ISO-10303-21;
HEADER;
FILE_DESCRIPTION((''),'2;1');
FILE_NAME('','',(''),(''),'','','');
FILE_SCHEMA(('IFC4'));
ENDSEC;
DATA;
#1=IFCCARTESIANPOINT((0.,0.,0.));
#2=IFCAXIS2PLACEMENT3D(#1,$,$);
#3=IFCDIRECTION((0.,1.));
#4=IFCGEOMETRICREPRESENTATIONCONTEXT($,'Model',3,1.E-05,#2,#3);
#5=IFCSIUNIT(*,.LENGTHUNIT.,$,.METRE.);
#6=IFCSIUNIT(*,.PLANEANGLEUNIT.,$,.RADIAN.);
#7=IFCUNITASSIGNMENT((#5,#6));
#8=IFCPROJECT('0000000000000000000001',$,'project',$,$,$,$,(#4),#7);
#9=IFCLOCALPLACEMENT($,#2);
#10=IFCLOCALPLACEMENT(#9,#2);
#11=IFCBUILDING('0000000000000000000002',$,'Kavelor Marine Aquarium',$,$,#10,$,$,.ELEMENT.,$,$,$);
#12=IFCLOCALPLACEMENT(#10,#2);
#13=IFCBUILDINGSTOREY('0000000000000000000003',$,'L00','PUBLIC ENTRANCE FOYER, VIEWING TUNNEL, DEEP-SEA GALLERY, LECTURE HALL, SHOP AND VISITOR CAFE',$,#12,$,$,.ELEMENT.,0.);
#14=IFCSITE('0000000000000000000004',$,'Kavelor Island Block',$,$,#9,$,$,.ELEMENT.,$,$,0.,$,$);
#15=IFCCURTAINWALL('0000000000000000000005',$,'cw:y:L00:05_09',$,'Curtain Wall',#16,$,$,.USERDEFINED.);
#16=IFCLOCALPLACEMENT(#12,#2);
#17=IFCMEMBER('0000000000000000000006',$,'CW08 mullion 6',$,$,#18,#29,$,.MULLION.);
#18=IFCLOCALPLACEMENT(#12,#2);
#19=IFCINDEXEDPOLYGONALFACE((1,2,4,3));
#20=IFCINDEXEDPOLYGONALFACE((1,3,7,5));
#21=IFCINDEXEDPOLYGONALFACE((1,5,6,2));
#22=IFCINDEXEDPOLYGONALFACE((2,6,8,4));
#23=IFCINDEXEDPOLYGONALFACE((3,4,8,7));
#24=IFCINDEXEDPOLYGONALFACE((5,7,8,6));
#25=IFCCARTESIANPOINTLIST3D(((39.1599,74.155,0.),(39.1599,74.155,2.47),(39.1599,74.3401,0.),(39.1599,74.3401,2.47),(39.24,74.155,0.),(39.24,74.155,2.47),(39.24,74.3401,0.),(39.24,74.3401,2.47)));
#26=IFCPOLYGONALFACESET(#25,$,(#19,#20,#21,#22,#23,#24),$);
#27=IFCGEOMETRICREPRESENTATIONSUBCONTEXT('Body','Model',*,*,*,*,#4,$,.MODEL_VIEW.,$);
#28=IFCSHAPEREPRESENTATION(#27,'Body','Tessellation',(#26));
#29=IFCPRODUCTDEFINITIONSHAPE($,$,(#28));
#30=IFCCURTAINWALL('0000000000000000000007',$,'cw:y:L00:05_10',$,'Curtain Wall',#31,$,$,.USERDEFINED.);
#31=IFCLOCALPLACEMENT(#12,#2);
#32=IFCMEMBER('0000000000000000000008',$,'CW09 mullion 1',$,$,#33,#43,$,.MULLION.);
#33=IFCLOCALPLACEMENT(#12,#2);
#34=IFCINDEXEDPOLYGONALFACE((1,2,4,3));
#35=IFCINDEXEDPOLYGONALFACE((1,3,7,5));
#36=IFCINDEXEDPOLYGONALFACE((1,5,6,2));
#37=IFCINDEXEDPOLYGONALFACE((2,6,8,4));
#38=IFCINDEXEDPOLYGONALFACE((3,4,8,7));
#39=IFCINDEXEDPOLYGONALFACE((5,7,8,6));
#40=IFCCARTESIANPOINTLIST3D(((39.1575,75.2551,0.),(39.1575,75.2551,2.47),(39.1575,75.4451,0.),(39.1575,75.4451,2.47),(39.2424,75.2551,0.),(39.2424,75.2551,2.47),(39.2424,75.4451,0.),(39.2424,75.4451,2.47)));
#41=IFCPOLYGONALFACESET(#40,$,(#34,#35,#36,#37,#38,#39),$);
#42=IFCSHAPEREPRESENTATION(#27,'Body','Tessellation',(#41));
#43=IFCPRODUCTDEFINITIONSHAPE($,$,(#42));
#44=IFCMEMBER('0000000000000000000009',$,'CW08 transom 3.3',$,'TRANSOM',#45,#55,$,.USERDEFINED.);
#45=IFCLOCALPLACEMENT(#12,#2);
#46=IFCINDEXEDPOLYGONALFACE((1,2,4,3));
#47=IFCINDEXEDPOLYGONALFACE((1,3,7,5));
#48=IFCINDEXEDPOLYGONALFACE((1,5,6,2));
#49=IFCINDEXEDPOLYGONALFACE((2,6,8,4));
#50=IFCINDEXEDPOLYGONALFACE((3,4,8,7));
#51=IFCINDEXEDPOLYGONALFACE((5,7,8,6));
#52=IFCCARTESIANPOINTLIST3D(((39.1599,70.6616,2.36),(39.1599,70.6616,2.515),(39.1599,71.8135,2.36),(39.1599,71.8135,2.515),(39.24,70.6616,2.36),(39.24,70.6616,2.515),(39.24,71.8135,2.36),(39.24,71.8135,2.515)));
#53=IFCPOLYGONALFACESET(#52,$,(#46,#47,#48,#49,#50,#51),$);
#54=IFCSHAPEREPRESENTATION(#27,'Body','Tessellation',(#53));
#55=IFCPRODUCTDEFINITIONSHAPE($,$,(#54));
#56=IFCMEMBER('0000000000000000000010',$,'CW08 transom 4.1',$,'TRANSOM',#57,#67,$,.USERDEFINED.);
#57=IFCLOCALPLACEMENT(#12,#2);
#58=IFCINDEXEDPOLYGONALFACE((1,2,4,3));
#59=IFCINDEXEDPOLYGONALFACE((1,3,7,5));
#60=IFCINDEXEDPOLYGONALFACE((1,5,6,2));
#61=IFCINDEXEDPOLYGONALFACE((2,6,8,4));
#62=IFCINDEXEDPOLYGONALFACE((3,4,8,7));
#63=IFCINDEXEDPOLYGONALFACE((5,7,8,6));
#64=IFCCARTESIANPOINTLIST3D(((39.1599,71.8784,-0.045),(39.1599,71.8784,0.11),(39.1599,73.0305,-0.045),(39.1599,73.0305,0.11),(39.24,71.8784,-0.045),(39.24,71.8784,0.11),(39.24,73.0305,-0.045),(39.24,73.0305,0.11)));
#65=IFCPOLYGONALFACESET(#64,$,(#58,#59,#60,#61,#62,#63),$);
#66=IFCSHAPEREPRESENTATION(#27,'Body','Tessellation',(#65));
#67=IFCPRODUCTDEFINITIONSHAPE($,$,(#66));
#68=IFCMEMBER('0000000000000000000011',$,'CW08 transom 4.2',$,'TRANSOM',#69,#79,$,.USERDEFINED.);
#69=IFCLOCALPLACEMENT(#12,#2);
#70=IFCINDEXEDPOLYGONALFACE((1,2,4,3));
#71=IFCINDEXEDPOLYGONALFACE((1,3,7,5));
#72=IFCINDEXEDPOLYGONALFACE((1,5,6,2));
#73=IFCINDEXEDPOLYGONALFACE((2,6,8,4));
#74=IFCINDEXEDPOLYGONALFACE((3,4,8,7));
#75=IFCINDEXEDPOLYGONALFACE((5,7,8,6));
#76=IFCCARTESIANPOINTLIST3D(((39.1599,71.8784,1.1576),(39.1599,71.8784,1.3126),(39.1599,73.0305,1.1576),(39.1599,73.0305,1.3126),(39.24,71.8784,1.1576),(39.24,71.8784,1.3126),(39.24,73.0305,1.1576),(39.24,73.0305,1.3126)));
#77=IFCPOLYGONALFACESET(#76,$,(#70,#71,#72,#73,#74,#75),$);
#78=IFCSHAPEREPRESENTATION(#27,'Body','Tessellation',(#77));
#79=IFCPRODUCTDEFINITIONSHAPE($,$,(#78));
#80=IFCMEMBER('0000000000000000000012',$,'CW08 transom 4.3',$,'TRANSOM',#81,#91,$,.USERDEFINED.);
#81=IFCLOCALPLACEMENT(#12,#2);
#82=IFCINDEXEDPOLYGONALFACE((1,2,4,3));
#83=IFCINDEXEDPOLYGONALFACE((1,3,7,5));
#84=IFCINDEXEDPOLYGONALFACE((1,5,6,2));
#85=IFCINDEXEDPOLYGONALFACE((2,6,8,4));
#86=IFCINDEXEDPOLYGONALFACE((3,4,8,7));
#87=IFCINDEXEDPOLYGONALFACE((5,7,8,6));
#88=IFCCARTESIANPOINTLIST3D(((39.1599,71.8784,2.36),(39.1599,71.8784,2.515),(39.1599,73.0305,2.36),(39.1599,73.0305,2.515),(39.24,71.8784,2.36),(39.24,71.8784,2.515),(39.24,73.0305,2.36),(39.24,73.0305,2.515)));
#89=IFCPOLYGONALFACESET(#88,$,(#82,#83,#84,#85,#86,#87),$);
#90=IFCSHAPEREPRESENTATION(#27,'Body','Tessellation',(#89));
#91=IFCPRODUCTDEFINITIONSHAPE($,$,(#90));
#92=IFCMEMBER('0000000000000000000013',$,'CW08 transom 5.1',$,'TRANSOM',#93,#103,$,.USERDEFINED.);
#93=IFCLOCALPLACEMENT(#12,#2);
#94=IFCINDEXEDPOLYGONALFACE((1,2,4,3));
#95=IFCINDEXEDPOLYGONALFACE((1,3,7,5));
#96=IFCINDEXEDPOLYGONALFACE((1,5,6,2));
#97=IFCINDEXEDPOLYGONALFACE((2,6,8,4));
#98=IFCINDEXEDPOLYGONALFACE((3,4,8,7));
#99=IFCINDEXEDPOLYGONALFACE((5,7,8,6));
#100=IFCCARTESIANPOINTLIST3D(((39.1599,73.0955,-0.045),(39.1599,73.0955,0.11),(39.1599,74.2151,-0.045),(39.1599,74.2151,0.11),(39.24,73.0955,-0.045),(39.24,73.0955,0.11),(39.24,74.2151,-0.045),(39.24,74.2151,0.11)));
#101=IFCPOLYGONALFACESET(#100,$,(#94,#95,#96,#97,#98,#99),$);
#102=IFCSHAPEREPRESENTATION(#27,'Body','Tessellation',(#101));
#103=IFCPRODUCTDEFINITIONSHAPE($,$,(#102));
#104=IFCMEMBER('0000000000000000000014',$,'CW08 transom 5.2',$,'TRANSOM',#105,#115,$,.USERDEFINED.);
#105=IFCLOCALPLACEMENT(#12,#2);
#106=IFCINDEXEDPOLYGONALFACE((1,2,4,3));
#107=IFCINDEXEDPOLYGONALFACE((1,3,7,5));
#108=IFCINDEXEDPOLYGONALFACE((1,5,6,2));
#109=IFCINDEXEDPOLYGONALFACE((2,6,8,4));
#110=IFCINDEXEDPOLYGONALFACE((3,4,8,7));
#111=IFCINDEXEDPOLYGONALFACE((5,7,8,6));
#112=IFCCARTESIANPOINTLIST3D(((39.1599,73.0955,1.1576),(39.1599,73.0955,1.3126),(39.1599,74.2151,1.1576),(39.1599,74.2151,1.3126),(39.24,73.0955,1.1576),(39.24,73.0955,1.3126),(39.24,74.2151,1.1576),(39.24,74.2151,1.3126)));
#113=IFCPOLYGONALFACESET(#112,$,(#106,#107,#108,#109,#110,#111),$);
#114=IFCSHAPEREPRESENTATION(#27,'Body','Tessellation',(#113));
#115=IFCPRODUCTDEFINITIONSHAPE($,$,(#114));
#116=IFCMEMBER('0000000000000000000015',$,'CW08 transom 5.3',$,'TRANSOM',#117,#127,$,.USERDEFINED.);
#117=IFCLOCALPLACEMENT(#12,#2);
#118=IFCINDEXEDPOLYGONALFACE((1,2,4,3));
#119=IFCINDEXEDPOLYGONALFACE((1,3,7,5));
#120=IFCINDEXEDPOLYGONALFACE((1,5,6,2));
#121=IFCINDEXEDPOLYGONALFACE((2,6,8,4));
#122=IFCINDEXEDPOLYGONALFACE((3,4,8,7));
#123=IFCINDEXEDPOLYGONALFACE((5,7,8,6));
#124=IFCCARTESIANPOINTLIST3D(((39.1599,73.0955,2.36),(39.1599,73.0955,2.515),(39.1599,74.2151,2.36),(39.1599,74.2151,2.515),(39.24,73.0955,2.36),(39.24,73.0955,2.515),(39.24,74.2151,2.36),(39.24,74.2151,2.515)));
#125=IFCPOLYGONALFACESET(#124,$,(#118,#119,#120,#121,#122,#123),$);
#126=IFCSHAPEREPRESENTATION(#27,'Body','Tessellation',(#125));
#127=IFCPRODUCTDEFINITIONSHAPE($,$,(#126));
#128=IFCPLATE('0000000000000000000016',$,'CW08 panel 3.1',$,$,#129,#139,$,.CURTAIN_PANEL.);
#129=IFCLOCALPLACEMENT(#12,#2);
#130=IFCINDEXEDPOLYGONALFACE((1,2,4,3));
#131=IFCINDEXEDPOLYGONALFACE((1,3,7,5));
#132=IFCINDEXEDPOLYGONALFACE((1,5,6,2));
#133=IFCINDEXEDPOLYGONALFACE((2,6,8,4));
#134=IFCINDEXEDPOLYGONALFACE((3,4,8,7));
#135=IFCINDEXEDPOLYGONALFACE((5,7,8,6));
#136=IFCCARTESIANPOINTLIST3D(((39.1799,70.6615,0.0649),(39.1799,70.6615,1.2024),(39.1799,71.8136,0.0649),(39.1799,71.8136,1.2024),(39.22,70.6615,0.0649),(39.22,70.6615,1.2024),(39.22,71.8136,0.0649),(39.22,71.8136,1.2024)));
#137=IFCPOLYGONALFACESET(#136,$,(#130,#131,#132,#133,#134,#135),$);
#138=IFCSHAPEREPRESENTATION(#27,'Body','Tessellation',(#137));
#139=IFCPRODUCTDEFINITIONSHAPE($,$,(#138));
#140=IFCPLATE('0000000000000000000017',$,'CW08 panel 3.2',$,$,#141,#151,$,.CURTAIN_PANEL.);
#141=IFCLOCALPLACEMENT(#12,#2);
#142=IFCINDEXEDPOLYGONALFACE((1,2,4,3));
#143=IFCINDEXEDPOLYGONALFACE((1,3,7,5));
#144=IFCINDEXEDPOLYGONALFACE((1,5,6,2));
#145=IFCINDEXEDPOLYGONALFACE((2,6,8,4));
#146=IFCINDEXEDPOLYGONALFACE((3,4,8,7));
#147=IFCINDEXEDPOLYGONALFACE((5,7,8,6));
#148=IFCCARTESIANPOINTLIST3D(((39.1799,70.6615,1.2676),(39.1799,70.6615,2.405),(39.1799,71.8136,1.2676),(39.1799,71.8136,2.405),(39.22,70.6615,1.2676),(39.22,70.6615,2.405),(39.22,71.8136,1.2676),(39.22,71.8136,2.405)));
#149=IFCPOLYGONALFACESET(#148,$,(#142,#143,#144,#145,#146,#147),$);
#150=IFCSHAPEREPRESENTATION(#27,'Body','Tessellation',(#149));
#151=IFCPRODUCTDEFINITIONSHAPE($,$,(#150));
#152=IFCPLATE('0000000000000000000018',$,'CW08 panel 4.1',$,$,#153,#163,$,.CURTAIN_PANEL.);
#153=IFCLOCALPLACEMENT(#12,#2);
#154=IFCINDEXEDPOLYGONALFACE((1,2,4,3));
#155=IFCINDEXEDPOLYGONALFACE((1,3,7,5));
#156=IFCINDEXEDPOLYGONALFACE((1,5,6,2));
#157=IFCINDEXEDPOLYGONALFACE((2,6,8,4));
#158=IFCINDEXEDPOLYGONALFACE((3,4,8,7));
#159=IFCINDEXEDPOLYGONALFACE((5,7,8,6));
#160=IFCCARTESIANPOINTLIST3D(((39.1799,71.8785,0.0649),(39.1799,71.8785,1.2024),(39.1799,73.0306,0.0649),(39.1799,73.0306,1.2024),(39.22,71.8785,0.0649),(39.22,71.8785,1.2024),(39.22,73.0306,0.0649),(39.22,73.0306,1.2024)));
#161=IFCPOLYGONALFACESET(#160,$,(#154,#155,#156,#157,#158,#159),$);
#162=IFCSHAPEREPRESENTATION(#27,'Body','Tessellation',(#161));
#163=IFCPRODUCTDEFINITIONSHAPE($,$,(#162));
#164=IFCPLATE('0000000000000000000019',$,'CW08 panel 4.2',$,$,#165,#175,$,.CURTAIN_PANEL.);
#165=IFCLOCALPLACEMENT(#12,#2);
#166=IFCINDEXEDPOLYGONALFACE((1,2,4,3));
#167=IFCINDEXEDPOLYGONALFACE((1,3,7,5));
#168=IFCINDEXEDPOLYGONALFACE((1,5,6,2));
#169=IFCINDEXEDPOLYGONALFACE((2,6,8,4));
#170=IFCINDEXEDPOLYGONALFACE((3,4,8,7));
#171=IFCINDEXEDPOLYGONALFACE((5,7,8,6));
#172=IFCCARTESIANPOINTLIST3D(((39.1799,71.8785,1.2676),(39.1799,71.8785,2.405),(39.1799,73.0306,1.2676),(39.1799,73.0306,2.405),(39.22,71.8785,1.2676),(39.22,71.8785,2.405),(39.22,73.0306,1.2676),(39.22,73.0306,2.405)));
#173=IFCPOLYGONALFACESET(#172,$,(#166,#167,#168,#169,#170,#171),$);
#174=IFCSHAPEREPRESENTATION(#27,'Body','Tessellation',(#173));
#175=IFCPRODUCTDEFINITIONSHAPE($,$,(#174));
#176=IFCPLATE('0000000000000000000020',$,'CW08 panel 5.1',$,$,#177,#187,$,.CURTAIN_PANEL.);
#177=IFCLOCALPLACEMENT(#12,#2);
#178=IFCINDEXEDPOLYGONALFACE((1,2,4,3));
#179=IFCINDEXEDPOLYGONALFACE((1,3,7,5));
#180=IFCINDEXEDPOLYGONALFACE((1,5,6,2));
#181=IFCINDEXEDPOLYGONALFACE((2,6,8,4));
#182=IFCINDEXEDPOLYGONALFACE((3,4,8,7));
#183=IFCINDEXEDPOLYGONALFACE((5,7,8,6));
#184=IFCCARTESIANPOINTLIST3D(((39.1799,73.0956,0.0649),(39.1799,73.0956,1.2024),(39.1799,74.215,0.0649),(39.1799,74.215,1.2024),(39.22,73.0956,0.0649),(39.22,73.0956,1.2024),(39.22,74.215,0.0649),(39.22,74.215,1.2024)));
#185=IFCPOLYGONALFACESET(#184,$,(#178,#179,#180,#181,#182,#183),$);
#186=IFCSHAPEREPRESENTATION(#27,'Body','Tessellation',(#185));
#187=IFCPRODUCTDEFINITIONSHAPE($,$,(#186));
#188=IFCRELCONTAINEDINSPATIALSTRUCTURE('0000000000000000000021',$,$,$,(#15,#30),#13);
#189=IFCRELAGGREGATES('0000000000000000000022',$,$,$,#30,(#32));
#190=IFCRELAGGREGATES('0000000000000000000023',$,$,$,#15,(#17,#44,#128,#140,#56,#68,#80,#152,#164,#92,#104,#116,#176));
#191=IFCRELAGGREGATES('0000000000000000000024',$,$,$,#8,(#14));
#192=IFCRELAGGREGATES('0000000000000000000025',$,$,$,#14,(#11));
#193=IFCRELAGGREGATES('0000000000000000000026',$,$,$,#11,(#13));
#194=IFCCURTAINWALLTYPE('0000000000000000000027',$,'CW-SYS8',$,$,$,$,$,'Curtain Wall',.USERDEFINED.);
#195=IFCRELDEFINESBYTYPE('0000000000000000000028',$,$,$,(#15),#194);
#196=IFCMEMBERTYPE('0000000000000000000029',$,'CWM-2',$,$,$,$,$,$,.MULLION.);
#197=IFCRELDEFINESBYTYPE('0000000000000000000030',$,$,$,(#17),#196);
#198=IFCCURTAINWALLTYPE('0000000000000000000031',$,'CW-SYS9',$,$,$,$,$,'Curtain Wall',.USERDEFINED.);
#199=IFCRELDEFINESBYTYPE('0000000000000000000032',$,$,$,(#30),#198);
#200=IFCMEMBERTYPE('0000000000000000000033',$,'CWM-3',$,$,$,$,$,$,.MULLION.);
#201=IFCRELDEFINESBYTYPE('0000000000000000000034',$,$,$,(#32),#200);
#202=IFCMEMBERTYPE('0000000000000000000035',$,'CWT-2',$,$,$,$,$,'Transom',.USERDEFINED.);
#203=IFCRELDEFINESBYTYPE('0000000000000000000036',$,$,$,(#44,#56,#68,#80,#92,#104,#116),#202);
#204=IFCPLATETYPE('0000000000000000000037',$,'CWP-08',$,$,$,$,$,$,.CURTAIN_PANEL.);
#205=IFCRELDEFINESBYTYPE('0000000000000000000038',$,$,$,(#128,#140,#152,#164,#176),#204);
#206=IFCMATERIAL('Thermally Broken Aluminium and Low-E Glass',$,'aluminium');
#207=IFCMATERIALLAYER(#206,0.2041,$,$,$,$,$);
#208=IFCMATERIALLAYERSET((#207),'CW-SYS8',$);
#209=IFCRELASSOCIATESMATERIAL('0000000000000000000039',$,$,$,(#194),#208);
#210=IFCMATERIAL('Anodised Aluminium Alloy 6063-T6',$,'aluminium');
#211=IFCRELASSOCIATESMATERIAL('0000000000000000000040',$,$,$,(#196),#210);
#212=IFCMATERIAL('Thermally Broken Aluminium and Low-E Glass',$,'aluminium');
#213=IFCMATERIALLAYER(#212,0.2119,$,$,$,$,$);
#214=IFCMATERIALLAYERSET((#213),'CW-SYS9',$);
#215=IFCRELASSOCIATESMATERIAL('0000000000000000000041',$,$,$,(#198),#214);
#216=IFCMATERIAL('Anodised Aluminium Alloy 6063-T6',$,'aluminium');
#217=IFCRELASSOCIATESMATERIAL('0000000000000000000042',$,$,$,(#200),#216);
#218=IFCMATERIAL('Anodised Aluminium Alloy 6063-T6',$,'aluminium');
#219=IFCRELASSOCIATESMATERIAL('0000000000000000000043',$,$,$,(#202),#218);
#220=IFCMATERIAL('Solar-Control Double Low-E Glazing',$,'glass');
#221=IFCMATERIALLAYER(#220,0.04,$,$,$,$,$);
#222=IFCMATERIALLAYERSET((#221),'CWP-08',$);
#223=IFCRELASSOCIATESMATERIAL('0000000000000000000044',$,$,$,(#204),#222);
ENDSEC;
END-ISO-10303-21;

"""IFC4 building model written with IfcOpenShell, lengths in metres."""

from ifc_helpers import new_model, si_unit, direction, frame, origin, origin_2d, place, context, subcontext, project, spatial, rectangle, extrude, material, layer, layer_set, material_profile, profile_set, type_object, element, aggregate, save


model = new_model("IFC4")

# Units and contexts
model_context = context("Model", 3, precision=1e-05, world=origin(), true_north=direction((0.0, 1.0)))
body_context = subcontext(model_context, "Body", "Model", "MODEL_VIEW")
ifc_project = project(units=[si_unit("LENGTHUNIT", "METRE"), si_unit("PLANEANGLEUNIT", "RADIAN")], contexts=[model_context])

# Site, building, storey
site_placement = place(None, origin())
site = spatial("IfcSite", under=ifc_project, at=site_placement, Name="Kavelor Island Block", CompositionType="ELEMENT", RefElevation=0.0)
building_placement = place(site_placement, origin())
building = spatial("IfcBuilding", under=site, at=building_placement, Name="Kavelor Marine Aquarium", CompositionType="ELEMENT")
storey_placement = place(building_placement, origin())
storey = spatial("IfcBuildingStorey", under=building, at=storey_placement, Name="L00", Description="PUBLIC ENTRANCE FOYER, VIEWING TUNNEL, DEEP-SEA GALLERY, LECTURE HALL, SHOP AND VISITOR CAFE", CompositionType="ELEMENT", Elevation=0.0)

# Curtain wall, member
ifc_material_1 = material(Name="Thermally Broken Aluminium and Low-E Glass", Category="aluminium")
ifc_layer_1 = layer(ifc_material_1, 0.2041)
ifc_layer_set_1 = layer_set([ifc_layer_1], Name="CW-SYS8")
curtain_wall_type_1 = type_object("IfcCurtainWallType", Name="CW-SYS8", ElementType="Curtain Wall", PredefinedType="USERDEFINED", material=ifc_layer_set_1)
curtain_wall_1_placement = place(storey_placement, origin())
curtain_wall_1 = element("IfcCurtainWall", 1, at=curtain_wall_1_placement, inside=storey, type_object=curtain_wall_type_1, Name="cw:y:L00:05_09", ObjectType="Curtain Wall", PredefinedType="USERDEFINED")
ifc_material_2 = material(Name="Anodised Aluminium Alloy 6063-T6", Category="aluminium")
ifc_material_profile_1 = material_profile(ifc_material_2, rectangle(XDim=0.0801, YDim=0.1851, at=origin_2d()), Name="CW-MUL 80x185")
ifc_profile_set_1 = profile_set([ifc_material_profile_1], Name="Anodised Aluminium Alloy 6063-T6")
member_type_1 = type_object("IfcMemberType", Name="CWM-2", PredefinedType="MULLION", material=ifc_profile_set_1)
member_1_placement = place(storey_placement, frame((39.2, 74.2476, 0.0), z_axis=(0.0, 0.0, 1.0), x_axis=(-1.0, 0.0, 0.0)))
member_1 = element("IfcMember", 2, at=member_1_placement, type_object=member_type_1, Name="CW08 mullion 6", PredefinedType="MULLION", context=body_context, shape_type="SweptSolid", body=[
    extrude(rectangle(XDim=0.0801, YDim=0.1851, at=origin_2d()), origin(), (0.0, 0.0, 1.0), 2.47),
])

# Curtain wall, member
ifc_material_3 = material(Name="Thermally Broken Aluminium and Low-E Glass", Category="aluminium")
ifc_layer_2 = layer(ifc_material_3, 0.2119)
ifc_layer_set_2 = layer_set([ifc_layer_2], Name="CW-SYS9")
curtain_wall_type_2 = type_object("IfcCurtainWallType", Name="CW-SYS9", ElementType="Curtain Wall", PredefinedType="USERDEFINED", material=ifc_layer_set_2)
curtain_wall_2_placement = place(storey_placement, origin())
curtain_wall_2 = element("IfcCurtainWall", 3, at=curtain_wall_2_placement, inside=storey, type_object=curtain_wall_type_2, Name="cw:y:L00:05_10", ObjectType="Curtain Wall", PredefinedType="USERDEFINED")
ifc_material_4 = material(Name="Anodised Aluminium Alloy 6063-T6", Category="aluminium")
ifc_material_profile_2 = material_profile(ifc_material_4, rectangle(XDim=0.085, YDim=0.1899, at=origin_2d()), Name="CW-MUL 85x190")
ifc_profile_set_2 = profile_set([ifc_material_profile_2], Name="Anodised Aluminium Alloy 6063-T6")
member_type_2 = type_object("IfcMemberType", Name="CWM-3", PredefinedType="MULLION", material=ifc_profile_set_2)
member_2_placement = place(storey_placement, frame((39.2, 75.3501, 0.0), z_axis=(0.0, 0.0, 1.0), x_axis=(-1.0, 0.0, 0.0)))
member_2 = element("IfcMember", 4, at=member_2_placement, type_object=member_type_2, Name="CW09 mullion 1", PredefinedType="MULLION", context=body_context, shape_type="SweptSolid", body=[
    extrude(rectangle(XDim=0.085, YDim=0.1899, at=origin_2d()), origin(), (0.0, 0.0, 1.0), 2.47),
])
aggregate(curtain_wall_2, [member_2])

# Members
ifc_material_5 = material(Name="Anodised Aluminium Alloy 6063-T6", Category="aluminium")
ifc_material_profile_3 = material_profile(ifc_material_5, rectangle(XDim=0.0801, YDim=0.155, at=origin_2d()), Name="CW-TRN 80x155")
ifc_profile_set_3 = profile_set([ifc_material_profile_3], Name="Anodised Aluminium Alloy 6063-T6")
member_type_3 = type_object("IfcMemberType", Name="CWT-2", ElementType="Transom", PredefinedType="USERDEFINED", material=ifc_profile_set_3)
member_3_placement = place(storey_placement, frame((39.2, 70.6616, 2.4375), z_axis=(0.0, 1.0, 0.0), x_axis=(-1.0, 0.0, 0.0)))
member_3 = element("IfcMember", 5, at=member_3_placement, type_object=member_type_3, Name="CW08 transom 3.3", ObjectType="TRANSOM", PredefinedType="USERDEFINED", context=body_context, shape_type="SweptSolid", body=[
    extrude(rectangle(XDim=0.0801, YDim=0.155, at=origin_2d()), origin(), (0.0, 0.0, 1.0), 1.1519),
])
member_4_placement = place(storey_placement, frame((39.2, 71.8784, 0.0325), z_axis=(0.0, 1.0, 0.0), x_axis=(-1.0, 0.0, 0.0)))
member_4 = element("IfcMember", 6, at=member_4_placement, type_object=member_type_3, Name="CW08 transom 4.1", ObjectType="TRANSOM", PredefinedType="USERDEFINED", context=body_context, shape_type="SweptSolid", body=[
    extrude(rectangle(XDim=0.0801, YDim=0.155, at=origin_2d()), origin(), (0.0, 0.0, 1.0), 1.1521),
])
member_5_placement = place(storey_placement, frame((39.2, 71.8784, 1.2351), z_axis=(0.0, 1.0, 0.0), x_axis=(-1.0, 0.0, 0.0)))
member_5 = element("IfcMember", 7, at=member_5_placement, type_object=member_type_3, Name="CW08 transom 4.2", ObjectType="TRANSOM", PredefinedType="USERDEFINED", context=body_context, shape_type="SweptSolid", body=[
    extrude(rectangle(XDim=0.0801, YDim=0.155, at=origin_2d()), origin(), (0.0, 0.0, 1.0), 1.1521),
])
member_6_placement = place(storey_placement, frame((39.2, 71.8784, 2.4375), z_axis=(0.0, 1.0, 0.0), x_axis=(-1.0, 0.0, 0.0)))
member_6 = element("IfcMember", 8, at=member_6_placement, type_object=member_type_3, Name="CW08 transom 4.3", ObjectType="TRANSOM", PredefinedType="USERDEFINED", context=body_context, shape_type="SweptSolid", body=[
    extrude(rectangle(XDim=0.0801, YDim=0.155, at=origin_2d()), origin(), (0.0, 0.0, 1.0), 1.1521),
])
member_7_placement = place(storey_placement, frame((39.2, 73.0955, 0.0325), z_axis=(0.0, 1.0, 0.0), x_axis=(-1.0, 0.0, 0.0)))
member_7 = element("IfcMember", 9, at=member_7_placement, type_object=member_type_3, Name="CW08 transom 5.1", ObjectType="TRANSOM", PredefinedType="USERDEFINED", context=body_context, shape_type="SweptSolid", body=[
    extrude(rectangle(XDim=0.0801, YDim=0.155, at=origin_2d()), origin(), (0.0, 0.0, 1.0), 1.1196),
])
member_8_placement = place(storey_placement, frame((39.2, 73.0955, 1.2351), z_axis=(0.0, 1.0, 0.0), x_axis=(-1.0, 0.0, 0.0)))
member_8 = element("IfcMember", 10, at=member_8_placement, type_object=member_type_3, Name="CW08 transom 5.2", ObjectType="TRANSOM", PredefinedType="USERDEFINED", context=body_context, shape_type="SweptSolid", body=[
    extrude(rectangle(XDim=0.0801, YDim=0.155, at=origin_2d()), origin(), (0.0, 0.0, 1.0), 1.1196),
])
member_9_placement = place(storey_placement, frame((39.2, 73.0955, 2.4375), z_axis=(0.0, 1.0, 0.0), x_axis=(-1.0, 0.0, 0.0)))
member_9 = element("IfcMember", 11, at=member_9_placement, type_object=member_type_3, Name="CW08 transom 5.3", ObjectType="TRANSOM", PredefinedType="USERDEFINED", context=body_context, shape_type="SweptSolid", body=[
    extrude(rectangle(XDim=0.0801, YDim=0.155, at=origin_2d()), origin(), (0.0, 0.0, 1.0), 1.1196),
])

# Plates
ifc_material_6 = material(Name="Solar-Control Double Low-E Glazing", Category="glass")
ifc_layer_3 = layer(ifc_material_6, 0.04)
ifc_layer_set_3 = layer_set([ifc_layer_3], Name="CWP-08")
plate_type = type_object("IfcPlateType", Name="CWP-08", PredefinedType="CURTAIN_PANEL", material=ifc_layer_set_3)
plate_1_placement = place(storey_placement, frame((39.2, 71.2375, 0.0649), z_axis=(0.0, 0.0, 1.0), x_axis=(0.0, 1.0, 0.0)))
plate_1 = element("IfcPlate", 12, at=plate_1_placement, type_object=plate_type, Name="CW08 panel 3.1", PredefinedType="CURTAIN_PANEL", context=body_context, shape_type="SweptSolid", body=[
    extrude(rectangle(XDim=1.1521, YDim=0.04, at=origin_2d()), origin(), (0.0, 0.0, 1.0), 1.1375),
])
plate_2_placement = place(storey_placement, frame((39.2, 71.2375, 1.2676), z_axis=(0.0, 0.0, 1.0), x_axis=(0.0, 1.0, 0.0)))
plate_2 = element("IfcPlate", 13, at=plate_2_placement, type_object=plate_type, Name="CW08 panel 3.2", PredefinedType="CURTAIN_PANEL", context=body_context, shape_type="SweptSolid", body=[
    extrude(rectangle(XDim=1.1521, YDim=0.04, at=origin_2d()), origin(), (0.0, 0.0, 1.0), 1.1375),
])
plate_3_placement = place(storey_placement, frame((39.2, 72.4546, 0.0649), z_axis=(0.0, 0.0, 1.0), x_axis=(0.0, 1.0, 0.0)))
plate_3 = element("IfcPlate", 14, at=plate_3_placement, type_object=plate_type, Name="CW08 panel 4.1", PredefinedType="CURTAIN_PANEL", context=body_context, shape_type="SweptSolid", body=[
    extrude(rectangle(XDim=1.1521, YDim=0.04, at=origin_2d()), origin(), (0.0, 0.0, 1.0), 1.1375),
])
plate_4_placement = place(storey_placement, frame((39.2, 72.4546, 1.2676), z_axis=(0.0, 0.0, 1.0), x_axis=(0.0, 1.0, 0.0)))
plate_4 = element("IfcPlate", 15, at=plate_4_placement, type_object=plate_type, Name="CW08 panel 4.2", PredefinedType="CURTAIN_PANEL", context=body_context, shape_type="SweptSolid", body=[
    extrude(rectangle(XDim=1.1521, YDim=0.04, at=origin_2d()), origin(), (0.0, 0.0, 1.0), 1.1375),
])
plate_5_placement = place(storey_placement, frame((39.2, 73.6553, 0.0649), z_axis=(0.0, 0.0, 1.0), x_axis=(0.0, 1.0, 0.0)))
plate_5 = element("IfcPlate", 16, at=plate_5_placement, type_object=plate_type, Name="CW08 panel 5.1", PredefinedType="CURTAIN_PANEL", context=body_context, shape_type="SweptSolid", body=[
    extrude(rectangle(XDim=1.1194, YDim=0.04, at=origin_2d()), origin(), (0.0, 0.0, 1.0), 1.1375),
])
aggregate(curtain_wall_1, [member_1, member_3, plate_1, plate_2, member_4, member_5, member_6, plate_3, plate_4, member_7, member_8, member_9, plate_5])

save(model, "model.ifc")
